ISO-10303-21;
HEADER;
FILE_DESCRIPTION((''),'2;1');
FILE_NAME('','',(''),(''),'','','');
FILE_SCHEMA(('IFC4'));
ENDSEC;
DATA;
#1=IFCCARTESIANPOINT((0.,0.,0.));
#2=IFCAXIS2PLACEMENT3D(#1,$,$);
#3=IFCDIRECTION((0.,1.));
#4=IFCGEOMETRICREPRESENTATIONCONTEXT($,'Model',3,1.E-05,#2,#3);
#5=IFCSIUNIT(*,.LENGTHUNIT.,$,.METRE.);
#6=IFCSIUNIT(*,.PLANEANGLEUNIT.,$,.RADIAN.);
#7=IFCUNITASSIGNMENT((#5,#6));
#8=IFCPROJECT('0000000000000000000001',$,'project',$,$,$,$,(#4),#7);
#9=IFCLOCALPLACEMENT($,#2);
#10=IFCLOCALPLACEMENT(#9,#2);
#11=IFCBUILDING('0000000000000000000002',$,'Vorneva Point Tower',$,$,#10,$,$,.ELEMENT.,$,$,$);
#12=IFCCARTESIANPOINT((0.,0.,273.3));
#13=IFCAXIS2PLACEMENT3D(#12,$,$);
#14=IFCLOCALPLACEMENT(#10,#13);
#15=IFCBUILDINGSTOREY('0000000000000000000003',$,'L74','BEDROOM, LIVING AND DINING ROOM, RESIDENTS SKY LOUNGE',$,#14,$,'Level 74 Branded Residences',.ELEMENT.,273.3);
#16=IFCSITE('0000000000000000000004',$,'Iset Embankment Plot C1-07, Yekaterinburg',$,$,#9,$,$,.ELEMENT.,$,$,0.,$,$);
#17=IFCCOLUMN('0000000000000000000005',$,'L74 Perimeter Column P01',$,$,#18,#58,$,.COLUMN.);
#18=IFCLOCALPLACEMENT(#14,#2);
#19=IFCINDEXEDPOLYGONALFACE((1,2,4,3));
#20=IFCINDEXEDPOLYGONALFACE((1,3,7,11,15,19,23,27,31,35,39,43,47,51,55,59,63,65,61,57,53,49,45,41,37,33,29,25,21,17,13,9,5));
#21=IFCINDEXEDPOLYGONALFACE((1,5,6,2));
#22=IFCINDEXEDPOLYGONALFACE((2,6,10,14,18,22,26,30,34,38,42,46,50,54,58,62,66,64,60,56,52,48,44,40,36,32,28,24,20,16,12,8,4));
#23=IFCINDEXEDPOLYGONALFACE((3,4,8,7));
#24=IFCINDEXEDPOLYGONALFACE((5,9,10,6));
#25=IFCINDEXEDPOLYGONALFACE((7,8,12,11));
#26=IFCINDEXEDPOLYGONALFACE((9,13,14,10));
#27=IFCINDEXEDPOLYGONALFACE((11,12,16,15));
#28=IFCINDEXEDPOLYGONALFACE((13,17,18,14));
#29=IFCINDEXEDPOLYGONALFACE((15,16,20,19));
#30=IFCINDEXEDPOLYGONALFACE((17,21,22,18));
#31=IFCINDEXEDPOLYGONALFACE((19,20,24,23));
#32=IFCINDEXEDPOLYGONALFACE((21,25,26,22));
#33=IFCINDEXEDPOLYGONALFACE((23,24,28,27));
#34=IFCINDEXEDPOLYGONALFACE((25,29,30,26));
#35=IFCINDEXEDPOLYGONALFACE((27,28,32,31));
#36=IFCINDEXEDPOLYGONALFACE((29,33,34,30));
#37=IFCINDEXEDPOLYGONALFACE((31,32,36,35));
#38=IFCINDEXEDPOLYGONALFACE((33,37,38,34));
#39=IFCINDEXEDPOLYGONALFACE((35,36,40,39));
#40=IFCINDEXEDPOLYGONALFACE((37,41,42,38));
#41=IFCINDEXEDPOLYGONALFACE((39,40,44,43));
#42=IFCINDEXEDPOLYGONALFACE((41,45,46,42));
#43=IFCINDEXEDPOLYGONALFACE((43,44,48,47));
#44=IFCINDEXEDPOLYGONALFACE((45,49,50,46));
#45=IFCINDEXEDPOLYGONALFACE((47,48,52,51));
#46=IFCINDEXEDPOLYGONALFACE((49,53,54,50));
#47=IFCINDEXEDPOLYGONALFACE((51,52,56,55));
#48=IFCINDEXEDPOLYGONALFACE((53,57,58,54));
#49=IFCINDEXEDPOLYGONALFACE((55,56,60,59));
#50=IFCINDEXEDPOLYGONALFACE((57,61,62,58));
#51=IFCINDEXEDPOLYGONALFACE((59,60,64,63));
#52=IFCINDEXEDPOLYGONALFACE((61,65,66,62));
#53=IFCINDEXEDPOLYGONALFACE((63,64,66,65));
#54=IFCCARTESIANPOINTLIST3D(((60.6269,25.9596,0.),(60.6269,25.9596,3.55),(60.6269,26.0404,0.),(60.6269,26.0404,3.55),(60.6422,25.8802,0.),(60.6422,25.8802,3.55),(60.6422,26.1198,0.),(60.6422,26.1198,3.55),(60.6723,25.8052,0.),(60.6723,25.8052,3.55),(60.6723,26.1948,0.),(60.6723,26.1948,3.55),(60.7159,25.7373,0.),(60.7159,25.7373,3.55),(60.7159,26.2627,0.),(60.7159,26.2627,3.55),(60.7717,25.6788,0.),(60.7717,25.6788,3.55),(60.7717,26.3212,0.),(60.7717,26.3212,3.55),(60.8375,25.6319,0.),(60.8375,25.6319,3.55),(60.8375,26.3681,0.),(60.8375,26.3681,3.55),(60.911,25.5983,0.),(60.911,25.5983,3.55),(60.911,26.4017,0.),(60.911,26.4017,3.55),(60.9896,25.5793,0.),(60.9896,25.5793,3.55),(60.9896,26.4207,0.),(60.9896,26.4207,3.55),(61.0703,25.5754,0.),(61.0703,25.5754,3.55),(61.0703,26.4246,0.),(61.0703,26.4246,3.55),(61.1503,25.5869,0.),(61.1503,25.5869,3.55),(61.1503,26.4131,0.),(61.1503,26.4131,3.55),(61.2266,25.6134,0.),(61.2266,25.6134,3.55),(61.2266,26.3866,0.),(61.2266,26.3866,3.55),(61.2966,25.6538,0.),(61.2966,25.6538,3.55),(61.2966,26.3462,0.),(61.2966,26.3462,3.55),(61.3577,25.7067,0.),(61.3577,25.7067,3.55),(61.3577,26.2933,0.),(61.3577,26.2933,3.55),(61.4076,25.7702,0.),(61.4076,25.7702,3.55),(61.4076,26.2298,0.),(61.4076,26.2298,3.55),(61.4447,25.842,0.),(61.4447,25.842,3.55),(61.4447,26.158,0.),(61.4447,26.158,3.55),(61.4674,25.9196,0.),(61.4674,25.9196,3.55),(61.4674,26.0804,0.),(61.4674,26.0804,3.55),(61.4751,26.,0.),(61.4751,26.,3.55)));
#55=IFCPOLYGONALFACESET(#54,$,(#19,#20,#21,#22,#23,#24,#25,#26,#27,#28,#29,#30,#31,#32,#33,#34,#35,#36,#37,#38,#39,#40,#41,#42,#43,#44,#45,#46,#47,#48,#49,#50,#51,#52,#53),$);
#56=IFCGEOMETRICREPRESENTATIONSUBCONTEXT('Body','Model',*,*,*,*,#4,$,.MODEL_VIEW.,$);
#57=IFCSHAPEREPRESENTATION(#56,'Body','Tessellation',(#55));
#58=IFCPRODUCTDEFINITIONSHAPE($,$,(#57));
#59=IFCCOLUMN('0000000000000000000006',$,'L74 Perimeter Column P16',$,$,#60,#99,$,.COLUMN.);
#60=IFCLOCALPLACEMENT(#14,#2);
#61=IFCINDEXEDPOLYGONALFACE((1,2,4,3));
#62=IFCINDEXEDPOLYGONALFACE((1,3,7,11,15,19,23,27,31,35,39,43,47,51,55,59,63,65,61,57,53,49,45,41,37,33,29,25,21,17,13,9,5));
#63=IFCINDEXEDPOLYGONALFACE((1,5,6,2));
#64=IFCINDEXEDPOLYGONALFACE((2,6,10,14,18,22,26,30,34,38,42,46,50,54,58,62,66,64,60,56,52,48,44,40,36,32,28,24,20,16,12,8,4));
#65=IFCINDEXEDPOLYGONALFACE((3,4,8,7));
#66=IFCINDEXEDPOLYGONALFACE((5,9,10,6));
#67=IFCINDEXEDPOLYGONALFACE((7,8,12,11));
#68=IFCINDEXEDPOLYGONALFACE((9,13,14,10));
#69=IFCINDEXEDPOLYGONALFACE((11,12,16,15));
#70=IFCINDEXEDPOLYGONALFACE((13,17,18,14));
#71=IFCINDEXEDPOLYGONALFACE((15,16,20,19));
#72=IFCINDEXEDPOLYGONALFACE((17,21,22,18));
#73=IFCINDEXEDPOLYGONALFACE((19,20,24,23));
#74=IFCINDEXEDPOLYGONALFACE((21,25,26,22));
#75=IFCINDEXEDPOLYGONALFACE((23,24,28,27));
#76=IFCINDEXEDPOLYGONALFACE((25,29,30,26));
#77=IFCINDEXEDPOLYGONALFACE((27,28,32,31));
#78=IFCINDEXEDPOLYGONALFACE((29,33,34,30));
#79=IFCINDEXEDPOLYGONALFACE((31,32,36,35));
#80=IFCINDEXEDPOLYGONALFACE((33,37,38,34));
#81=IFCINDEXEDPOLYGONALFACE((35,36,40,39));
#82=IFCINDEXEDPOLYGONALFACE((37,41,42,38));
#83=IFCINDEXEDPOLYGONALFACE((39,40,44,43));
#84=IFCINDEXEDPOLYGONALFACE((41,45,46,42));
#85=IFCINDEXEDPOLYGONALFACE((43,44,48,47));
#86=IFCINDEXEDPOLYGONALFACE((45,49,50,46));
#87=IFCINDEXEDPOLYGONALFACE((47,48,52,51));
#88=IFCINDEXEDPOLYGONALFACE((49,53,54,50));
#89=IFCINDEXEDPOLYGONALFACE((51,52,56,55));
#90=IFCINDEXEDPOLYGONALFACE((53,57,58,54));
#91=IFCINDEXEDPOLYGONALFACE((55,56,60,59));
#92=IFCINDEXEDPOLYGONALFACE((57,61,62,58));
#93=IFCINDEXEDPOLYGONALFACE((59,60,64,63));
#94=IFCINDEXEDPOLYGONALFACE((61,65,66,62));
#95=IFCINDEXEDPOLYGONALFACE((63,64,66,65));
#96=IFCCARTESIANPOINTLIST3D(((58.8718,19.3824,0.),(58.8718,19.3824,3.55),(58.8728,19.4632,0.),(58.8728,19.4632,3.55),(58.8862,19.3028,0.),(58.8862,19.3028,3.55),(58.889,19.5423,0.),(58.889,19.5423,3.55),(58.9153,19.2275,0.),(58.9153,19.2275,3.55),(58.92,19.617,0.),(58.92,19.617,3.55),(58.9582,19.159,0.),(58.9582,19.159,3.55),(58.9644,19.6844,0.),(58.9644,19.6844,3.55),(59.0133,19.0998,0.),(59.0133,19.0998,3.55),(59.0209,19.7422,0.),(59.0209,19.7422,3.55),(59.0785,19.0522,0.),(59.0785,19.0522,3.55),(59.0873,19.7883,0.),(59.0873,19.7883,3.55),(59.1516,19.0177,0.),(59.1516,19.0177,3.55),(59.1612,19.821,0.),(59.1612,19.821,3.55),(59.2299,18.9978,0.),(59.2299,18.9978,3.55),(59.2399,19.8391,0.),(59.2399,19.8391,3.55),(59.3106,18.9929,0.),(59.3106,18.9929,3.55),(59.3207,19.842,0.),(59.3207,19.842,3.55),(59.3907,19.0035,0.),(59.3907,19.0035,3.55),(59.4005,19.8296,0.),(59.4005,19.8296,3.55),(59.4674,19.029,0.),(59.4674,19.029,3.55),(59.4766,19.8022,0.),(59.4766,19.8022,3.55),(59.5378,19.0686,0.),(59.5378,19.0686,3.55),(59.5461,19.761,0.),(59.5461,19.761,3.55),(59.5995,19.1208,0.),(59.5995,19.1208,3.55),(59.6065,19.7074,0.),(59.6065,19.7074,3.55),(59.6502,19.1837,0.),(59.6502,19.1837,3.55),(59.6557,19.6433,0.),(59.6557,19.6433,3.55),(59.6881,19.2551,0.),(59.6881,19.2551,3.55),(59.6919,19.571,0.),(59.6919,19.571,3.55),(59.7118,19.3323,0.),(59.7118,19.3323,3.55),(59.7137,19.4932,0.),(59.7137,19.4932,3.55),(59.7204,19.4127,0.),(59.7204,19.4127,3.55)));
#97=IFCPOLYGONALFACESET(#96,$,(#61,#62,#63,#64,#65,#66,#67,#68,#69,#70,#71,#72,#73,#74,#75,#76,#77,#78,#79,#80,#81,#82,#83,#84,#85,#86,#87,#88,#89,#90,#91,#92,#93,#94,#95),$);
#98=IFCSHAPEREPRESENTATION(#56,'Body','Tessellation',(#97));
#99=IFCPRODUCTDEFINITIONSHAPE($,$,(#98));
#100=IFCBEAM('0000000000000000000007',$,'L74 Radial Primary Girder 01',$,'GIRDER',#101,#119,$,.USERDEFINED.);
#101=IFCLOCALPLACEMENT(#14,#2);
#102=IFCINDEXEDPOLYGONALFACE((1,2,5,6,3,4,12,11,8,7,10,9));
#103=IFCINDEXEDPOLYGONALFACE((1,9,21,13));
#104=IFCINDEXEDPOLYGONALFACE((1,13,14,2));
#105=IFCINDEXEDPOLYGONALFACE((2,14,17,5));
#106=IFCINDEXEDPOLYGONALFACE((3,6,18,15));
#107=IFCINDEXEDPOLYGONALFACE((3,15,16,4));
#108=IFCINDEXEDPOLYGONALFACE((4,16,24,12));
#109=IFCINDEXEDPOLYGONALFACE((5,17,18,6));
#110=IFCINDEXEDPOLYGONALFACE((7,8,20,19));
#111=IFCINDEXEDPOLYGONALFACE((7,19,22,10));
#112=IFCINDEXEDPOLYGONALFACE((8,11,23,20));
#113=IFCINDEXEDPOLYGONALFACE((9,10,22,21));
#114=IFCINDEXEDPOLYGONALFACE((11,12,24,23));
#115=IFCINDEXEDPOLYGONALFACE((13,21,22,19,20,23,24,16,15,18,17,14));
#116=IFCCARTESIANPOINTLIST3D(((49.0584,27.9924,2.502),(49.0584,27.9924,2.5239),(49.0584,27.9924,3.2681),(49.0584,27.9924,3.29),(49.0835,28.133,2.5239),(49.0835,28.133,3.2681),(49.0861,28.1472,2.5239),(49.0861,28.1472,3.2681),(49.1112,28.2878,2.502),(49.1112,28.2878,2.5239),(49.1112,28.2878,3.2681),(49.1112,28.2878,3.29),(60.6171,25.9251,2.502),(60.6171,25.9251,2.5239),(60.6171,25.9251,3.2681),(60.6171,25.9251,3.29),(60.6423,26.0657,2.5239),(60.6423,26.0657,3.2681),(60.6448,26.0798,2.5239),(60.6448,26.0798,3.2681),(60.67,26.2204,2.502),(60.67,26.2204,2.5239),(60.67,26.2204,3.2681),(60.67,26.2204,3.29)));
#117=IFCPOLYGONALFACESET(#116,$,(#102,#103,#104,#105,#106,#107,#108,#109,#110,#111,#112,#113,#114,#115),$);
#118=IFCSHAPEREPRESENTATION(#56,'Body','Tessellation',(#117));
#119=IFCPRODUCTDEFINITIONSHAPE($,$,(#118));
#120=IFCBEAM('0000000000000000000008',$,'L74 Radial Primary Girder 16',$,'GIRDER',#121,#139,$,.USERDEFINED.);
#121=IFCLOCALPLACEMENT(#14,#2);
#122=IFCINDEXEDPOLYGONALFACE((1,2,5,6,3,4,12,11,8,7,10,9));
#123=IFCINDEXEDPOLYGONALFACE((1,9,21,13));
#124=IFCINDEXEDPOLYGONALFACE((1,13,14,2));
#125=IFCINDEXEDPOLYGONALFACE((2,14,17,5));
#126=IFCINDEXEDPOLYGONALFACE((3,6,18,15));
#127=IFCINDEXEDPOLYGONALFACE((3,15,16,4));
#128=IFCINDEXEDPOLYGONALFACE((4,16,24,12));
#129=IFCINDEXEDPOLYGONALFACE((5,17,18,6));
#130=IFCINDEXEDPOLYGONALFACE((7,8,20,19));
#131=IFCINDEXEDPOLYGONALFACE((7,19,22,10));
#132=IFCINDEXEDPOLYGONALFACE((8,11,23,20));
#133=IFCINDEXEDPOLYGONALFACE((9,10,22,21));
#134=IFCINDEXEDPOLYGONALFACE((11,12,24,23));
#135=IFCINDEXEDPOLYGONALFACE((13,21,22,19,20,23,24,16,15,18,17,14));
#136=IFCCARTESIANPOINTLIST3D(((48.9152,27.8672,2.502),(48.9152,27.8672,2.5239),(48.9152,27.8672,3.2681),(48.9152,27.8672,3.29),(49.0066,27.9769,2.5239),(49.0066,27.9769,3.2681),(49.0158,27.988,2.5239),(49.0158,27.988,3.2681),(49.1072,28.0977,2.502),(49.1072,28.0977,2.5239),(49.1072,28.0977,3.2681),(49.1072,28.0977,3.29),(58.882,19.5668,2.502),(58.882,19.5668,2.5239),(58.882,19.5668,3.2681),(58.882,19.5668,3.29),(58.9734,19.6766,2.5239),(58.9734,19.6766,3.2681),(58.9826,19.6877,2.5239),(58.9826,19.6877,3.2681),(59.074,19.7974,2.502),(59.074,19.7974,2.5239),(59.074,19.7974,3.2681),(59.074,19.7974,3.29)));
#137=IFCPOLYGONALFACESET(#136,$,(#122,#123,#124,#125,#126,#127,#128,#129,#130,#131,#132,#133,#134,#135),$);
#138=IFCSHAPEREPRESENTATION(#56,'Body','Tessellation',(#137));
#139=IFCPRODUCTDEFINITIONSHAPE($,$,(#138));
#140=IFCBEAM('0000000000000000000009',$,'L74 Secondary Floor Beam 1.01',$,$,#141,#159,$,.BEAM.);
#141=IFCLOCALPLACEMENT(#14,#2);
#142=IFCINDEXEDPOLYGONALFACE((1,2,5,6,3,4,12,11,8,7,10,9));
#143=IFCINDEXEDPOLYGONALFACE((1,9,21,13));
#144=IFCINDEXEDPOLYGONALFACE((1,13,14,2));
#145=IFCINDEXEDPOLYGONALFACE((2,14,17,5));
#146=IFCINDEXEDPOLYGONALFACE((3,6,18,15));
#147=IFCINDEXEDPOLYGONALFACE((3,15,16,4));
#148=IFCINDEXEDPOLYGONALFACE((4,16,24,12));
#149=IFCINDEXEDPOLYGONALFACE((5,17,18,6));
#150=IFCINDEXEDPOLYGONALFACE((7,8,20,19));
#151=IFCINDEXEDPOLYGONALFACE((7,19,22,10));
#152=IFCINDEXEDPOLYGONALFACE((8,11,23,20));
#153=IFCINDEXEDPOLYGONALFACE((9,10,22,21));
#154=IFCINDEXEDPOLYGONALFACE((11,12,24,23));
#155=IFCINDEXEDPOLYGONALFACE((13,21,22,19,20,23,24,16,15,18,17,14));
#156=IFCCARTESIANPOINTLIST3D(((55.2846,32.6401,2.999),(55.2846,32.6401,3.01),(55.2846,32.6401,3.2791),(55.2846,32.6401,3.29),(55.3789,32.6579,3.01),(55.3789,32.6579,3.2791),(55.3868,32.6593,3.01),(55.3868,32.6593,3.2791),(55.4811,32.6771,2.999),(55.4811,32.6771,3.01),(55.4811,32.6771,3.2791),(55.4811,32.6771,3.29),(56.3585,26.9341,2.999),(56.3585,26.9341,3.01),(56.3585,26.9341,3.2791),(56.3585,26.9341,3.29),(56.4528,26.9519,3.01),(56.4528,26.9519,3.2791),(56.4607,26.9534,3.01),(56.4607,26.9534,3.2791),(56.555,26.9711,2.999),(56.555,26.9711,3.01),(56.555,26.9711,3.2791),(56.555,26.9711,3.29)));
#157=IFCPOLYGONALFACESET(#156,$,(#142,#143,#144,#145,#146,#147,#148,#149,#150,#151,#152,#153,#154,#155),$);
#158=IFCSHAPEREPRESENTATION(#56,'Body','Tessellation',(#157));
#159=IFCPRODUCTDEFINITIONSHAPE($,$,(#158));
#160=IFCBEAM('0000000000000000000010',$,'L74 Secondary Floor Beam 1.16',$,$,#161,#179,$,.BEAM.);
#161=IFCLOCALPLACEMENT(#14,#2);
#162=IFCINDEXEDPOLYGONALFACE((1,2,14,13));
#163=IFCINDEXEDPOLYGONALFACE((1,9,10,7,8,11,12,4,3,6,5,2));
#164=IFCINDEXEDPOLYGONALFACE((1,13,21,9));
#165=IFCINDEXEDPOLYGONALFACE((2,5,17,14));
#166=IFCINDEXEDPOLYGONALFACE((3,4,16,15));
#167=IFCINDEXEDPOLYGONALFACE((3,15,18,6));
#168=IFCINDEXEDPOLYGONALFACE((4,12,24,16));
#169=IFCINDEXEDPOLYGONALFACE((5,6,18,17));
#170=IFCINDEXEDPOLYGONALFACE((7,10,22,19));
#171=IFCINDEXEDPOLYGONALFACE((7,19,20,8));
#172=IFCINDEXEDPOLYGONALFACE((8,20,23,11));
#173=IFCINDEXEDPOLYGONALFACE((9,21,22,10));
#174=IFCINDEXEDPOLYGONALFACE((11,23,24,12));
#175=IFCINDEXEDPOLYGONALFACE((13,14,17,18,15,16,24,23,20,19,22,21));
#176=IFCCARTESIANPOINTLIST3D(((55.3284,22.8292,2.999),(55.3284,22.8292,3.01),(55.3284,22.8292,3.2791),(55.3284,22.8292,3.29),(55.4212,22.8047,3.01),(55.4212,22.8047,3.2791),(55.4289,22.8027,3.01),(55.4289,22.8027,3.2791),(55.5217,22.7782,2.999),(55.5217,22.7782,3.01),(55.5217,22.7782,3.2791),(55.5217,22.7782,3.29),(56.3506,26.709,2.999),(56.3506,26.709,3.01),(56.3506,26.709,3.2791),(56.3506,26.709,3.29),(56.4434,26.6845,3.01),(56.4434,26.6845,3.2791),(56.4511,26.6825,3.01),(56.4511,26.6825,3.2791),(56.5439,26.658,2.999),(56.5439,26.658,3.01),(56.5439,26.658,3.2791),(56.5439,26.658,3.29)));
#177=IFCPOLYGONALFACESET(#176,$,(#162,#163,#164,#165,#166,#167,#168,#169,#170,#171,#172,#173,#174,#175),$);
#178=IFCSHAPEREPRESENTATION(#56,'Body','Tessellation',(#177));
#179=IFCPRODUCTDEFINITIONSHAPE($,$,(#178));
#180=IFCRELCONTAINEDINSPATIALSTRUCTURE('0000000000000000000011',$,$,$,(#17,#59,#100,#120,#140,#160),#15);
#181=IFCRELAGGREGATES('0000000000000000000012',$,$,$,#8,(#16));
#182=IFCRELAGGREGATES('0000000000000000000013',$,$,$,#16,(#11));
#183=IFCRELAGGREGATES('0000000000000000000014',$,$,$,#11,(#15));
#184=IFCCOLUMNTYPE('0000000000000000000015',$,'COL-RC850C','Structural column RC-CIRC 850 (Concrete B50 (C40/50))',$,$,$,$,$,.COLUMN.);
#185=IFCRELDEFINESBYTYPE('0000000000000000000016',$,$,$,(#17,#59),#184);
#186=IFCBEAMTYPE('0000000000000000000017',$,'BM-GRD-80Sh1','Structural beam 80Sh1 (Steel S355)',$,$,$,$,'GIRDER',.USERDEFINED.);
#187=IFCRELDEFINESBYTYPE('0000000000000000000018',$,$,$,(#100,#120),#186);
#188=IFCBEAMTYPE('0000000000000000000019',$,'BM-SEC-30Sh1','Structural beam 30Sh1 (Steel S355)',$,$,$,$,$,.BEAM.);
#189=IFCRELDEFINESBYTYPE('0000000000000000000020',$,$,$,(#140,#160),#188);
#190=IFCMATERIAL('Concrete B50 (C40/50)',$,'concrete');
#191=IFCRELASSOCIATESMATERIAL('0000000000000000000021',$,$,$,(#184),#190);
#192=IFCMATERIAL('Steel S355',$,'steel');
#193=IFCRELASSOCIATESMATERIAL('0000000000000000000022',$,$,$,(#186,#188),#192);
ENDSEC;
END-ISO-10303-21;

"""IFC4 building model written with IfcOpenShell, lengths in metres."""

from ifc_helpers import new_model, si_unit, direction, frame, origin, origin_2d, place, context, subcontext, project, spatial, circle, i_section, extrude, material, material_profile, profile_set, type_object, element, save


model = new_model("IFC4")

# Units and contexts
model_context = context("Model", 3, precision=1e-05, world=origin(), true_north=direction((0.0, 1.0)))
body_context = subcontext(model_context, "Body", "Model", "MODEL_VIEW")
ifc_project = project(units=[si_unit("LENGTHUNIT", "METRE"), si_unit("PLANEANGLEUNIT", "RADIAN")], contexts=[model_context])

# Site, building, storey
site_placement = place(None, origin())
site = spatial("IfcSite", under=ifc_project, at=site_placement, Name="Iset Embankment Plot C1-07, Yekaterinburg", CompositionType="ELEMENT", RefElevation=0.0)
building_placement = place(site_placement, origin())
building = spatial("IfcBuilding", under=site, at=building_placement, Name="Vorneva Point Tower", CompositionType="ELEMENT")
storey_placement = place(building_placement, frame((0.0, 0.0, 273.3)))
storey = spatial("IfcBuildingStorey", under=building, at=storey_placement, Name="L74", Description="BEDROOM, LIVING AND DINING ROOM, RESIDENTS SKY LOUNGE", LongName="Level 74 Branded Residences", CompositionType="ELEMENT", Elevation=273.3)

# Columns
ifc_material_1 = material(Name="Concrete B50 (C40/50)", Category="concrete")
ifc_material_profile_1 = material_profile(ifc_material_1, circle(Radius=0.425, at=origin_2d()), Name="RC-CIRC 850")
ifc_profile_set_1 = profile_set([ifc_material_profile_1], Name="Concrete B50 (C40/50)")
column_type = type_object("IfcColumnType", Name="COL-RC850C", Description="Structural column RC-CIRC 850 (Concrete B50 (C40/50))", PredefinedType="COLUMN", material=ifc_profile_set_1)
for number, where, z_axis, x_axis, name in (
    (1, (61.05, 26.0, 0.0), (0.0, 0.0, 1.0), (1.0, 0.0, 0.0), "L74 Perimeter Column P01"),
    (2, (59.2954, 19.4177, 0.0), (0.0, 0.0, 1.0), (0.92388, -0.382683, 0.0), "L74 Perimeter Column P16"),
):
    element("IfcColumn", number, at=place(storey_placement, frame(where, z_axis=z_axis, x_axis=x_axis)), inside=storey, type_object=column_type, Name=name, PredefinedType="COLUMN", context=body_context, shape_type="SweptSolid", body=[
        extrude(circle(Radius=0.425, at=origin_2d()), origin(), (0.0, 0.0, 1.0), 3.55),
    ])

# Beams
ifc_material_2 = material(Name="Steel S355", Category="steel")
ifc_material_profile_2 = material_profile(ifc_material_2, i_section(OverallWidth=0.3, OverallDepth=0.7881, WebThickness=0.0144, FlangeThickness=0.022, at=origin_2d()), Name="80Sh1")
ifc_profile_set_2 = profile_set([ifc_material_profile_2], Name="Steel S355")
beam_type_1 = type_object("IfcBeamType", Name="BM-GRD-80Sh1", Description="Structural beam 80Sh1 (Steel S355)", ElementType="GIRDER", PredefinedType="USERDEFINED", material=ifc_profile_set_2)
beam_1_placement = place(storey_placement, frame((60.6436, 26.0728, 2.896), z_axis=(-0.984379, 0.176063, 0.0), x_axis=(-0.176063, -0.984379, 0.0)))
element("IfcBeam", 3, at=beam_1_placement, inside=storey, type_object=beam_type_1, Name="L74 Radial Primary Girder 01", ObjectType="GIRDER", PredefinedType="USERDEFINED", context=body_context, shape_type="SweptSolid", body=[
    extrude(i_section(OverallWidth=0.3, OverallDepth=0.7881, WebThickness=0.0144, FlangeThickness=0.022, at=origin_2d()), origin(), (0.0, 0.0, 1.0), 11.7422),
])
beam_2_placement = place(storey_placement, frame((58.978, 19.6821, 2.896), z_axis=(-0.768425, 0.63994, 0.0), x_axis=(-0.63994, -0.768425, 0.0)))
element("IfcBeam", 4, at=beam_2_placement, inside=storey, type_object=beam_type_1, Name="L74 Radial Primary Girder 16", ObjectType="GIRDER", PredefinedType="USERDEFINED", context=body_context, shape_type="SweptSolid", body=[
    extrude(i_section(OverallWidth=0.3, OverallDepth=0.7881, WebThickness=0.0144, FlangeThickness=0.022, at=origin_2d()), origin(), (0.0, 0.0, 1.0), 12.9705),
])
ifc_material_profile_3 = material_profile(ifc_material_2, i_section(OverallWidth=0.2, OverallDepth=0.291, WebThickness=0.0081, FlangeThickness=0.011, at=origin_2d()), Name="30Sh1")
ifc_profile_set_3 = profile_set([ifc_material_profile_3], Name="Steel S355")
beam_type_2 = type_object("IfcBeamType", Name="BM-SEC-30Sh1", Description="Structural beam 30Sh1 (Steel S355)", PredefinedType="BEAM", material=ifc_profile_set_3)
beam_3_placement = place(storey_placement, frame((56.4568, 26.9526, 3.1445), z_axis=(-0.184969, 0.982744, 0.0), x_axis=(-0.982744, -0.184969, 0.0)))
element("IfcBeam", 5, at=beam_3_placement, inside=storey, type_object=beam_type_2, Name="L74 Secondary Floor Beam 1.01", PredefinedType="BEAM", context=body_context, shape_type="SweptSolid", body=[
    extrude(i_section(OverallWidth=0.2, OverallDepth=0.291, WebThickness=0.0081, FlangeThickness=0.011, at=origin_2d()), origin(), (0.0, 0.0, 1.0), 5.8062),
])
beam_4_placement = place(storey_placement, frame((55.425, 22.8037, 3.1445), z_axis=(0.254772, 0.967001, 0.0), x_axis=(-0.967001, 0.254772, 0.0)))
element("IfcBeam", 6, at=beam_4_placement, inside=storey, type_object=beam_type_2, Name="L74 Secondary Floor Beam 1.16", PredefinedType="BEAM", context=body_context, shape_type="SweptSolid", body=[
    extrude(i_section(OverallWidth=0.2, OverallDepth=0.291, WebThickness=0.0081, FlangeThickness=0.011, at=origin_2d()), origin(), (0.0, 0.0, 1.0), 4.0122),
])

save(model, "model.ifc")
